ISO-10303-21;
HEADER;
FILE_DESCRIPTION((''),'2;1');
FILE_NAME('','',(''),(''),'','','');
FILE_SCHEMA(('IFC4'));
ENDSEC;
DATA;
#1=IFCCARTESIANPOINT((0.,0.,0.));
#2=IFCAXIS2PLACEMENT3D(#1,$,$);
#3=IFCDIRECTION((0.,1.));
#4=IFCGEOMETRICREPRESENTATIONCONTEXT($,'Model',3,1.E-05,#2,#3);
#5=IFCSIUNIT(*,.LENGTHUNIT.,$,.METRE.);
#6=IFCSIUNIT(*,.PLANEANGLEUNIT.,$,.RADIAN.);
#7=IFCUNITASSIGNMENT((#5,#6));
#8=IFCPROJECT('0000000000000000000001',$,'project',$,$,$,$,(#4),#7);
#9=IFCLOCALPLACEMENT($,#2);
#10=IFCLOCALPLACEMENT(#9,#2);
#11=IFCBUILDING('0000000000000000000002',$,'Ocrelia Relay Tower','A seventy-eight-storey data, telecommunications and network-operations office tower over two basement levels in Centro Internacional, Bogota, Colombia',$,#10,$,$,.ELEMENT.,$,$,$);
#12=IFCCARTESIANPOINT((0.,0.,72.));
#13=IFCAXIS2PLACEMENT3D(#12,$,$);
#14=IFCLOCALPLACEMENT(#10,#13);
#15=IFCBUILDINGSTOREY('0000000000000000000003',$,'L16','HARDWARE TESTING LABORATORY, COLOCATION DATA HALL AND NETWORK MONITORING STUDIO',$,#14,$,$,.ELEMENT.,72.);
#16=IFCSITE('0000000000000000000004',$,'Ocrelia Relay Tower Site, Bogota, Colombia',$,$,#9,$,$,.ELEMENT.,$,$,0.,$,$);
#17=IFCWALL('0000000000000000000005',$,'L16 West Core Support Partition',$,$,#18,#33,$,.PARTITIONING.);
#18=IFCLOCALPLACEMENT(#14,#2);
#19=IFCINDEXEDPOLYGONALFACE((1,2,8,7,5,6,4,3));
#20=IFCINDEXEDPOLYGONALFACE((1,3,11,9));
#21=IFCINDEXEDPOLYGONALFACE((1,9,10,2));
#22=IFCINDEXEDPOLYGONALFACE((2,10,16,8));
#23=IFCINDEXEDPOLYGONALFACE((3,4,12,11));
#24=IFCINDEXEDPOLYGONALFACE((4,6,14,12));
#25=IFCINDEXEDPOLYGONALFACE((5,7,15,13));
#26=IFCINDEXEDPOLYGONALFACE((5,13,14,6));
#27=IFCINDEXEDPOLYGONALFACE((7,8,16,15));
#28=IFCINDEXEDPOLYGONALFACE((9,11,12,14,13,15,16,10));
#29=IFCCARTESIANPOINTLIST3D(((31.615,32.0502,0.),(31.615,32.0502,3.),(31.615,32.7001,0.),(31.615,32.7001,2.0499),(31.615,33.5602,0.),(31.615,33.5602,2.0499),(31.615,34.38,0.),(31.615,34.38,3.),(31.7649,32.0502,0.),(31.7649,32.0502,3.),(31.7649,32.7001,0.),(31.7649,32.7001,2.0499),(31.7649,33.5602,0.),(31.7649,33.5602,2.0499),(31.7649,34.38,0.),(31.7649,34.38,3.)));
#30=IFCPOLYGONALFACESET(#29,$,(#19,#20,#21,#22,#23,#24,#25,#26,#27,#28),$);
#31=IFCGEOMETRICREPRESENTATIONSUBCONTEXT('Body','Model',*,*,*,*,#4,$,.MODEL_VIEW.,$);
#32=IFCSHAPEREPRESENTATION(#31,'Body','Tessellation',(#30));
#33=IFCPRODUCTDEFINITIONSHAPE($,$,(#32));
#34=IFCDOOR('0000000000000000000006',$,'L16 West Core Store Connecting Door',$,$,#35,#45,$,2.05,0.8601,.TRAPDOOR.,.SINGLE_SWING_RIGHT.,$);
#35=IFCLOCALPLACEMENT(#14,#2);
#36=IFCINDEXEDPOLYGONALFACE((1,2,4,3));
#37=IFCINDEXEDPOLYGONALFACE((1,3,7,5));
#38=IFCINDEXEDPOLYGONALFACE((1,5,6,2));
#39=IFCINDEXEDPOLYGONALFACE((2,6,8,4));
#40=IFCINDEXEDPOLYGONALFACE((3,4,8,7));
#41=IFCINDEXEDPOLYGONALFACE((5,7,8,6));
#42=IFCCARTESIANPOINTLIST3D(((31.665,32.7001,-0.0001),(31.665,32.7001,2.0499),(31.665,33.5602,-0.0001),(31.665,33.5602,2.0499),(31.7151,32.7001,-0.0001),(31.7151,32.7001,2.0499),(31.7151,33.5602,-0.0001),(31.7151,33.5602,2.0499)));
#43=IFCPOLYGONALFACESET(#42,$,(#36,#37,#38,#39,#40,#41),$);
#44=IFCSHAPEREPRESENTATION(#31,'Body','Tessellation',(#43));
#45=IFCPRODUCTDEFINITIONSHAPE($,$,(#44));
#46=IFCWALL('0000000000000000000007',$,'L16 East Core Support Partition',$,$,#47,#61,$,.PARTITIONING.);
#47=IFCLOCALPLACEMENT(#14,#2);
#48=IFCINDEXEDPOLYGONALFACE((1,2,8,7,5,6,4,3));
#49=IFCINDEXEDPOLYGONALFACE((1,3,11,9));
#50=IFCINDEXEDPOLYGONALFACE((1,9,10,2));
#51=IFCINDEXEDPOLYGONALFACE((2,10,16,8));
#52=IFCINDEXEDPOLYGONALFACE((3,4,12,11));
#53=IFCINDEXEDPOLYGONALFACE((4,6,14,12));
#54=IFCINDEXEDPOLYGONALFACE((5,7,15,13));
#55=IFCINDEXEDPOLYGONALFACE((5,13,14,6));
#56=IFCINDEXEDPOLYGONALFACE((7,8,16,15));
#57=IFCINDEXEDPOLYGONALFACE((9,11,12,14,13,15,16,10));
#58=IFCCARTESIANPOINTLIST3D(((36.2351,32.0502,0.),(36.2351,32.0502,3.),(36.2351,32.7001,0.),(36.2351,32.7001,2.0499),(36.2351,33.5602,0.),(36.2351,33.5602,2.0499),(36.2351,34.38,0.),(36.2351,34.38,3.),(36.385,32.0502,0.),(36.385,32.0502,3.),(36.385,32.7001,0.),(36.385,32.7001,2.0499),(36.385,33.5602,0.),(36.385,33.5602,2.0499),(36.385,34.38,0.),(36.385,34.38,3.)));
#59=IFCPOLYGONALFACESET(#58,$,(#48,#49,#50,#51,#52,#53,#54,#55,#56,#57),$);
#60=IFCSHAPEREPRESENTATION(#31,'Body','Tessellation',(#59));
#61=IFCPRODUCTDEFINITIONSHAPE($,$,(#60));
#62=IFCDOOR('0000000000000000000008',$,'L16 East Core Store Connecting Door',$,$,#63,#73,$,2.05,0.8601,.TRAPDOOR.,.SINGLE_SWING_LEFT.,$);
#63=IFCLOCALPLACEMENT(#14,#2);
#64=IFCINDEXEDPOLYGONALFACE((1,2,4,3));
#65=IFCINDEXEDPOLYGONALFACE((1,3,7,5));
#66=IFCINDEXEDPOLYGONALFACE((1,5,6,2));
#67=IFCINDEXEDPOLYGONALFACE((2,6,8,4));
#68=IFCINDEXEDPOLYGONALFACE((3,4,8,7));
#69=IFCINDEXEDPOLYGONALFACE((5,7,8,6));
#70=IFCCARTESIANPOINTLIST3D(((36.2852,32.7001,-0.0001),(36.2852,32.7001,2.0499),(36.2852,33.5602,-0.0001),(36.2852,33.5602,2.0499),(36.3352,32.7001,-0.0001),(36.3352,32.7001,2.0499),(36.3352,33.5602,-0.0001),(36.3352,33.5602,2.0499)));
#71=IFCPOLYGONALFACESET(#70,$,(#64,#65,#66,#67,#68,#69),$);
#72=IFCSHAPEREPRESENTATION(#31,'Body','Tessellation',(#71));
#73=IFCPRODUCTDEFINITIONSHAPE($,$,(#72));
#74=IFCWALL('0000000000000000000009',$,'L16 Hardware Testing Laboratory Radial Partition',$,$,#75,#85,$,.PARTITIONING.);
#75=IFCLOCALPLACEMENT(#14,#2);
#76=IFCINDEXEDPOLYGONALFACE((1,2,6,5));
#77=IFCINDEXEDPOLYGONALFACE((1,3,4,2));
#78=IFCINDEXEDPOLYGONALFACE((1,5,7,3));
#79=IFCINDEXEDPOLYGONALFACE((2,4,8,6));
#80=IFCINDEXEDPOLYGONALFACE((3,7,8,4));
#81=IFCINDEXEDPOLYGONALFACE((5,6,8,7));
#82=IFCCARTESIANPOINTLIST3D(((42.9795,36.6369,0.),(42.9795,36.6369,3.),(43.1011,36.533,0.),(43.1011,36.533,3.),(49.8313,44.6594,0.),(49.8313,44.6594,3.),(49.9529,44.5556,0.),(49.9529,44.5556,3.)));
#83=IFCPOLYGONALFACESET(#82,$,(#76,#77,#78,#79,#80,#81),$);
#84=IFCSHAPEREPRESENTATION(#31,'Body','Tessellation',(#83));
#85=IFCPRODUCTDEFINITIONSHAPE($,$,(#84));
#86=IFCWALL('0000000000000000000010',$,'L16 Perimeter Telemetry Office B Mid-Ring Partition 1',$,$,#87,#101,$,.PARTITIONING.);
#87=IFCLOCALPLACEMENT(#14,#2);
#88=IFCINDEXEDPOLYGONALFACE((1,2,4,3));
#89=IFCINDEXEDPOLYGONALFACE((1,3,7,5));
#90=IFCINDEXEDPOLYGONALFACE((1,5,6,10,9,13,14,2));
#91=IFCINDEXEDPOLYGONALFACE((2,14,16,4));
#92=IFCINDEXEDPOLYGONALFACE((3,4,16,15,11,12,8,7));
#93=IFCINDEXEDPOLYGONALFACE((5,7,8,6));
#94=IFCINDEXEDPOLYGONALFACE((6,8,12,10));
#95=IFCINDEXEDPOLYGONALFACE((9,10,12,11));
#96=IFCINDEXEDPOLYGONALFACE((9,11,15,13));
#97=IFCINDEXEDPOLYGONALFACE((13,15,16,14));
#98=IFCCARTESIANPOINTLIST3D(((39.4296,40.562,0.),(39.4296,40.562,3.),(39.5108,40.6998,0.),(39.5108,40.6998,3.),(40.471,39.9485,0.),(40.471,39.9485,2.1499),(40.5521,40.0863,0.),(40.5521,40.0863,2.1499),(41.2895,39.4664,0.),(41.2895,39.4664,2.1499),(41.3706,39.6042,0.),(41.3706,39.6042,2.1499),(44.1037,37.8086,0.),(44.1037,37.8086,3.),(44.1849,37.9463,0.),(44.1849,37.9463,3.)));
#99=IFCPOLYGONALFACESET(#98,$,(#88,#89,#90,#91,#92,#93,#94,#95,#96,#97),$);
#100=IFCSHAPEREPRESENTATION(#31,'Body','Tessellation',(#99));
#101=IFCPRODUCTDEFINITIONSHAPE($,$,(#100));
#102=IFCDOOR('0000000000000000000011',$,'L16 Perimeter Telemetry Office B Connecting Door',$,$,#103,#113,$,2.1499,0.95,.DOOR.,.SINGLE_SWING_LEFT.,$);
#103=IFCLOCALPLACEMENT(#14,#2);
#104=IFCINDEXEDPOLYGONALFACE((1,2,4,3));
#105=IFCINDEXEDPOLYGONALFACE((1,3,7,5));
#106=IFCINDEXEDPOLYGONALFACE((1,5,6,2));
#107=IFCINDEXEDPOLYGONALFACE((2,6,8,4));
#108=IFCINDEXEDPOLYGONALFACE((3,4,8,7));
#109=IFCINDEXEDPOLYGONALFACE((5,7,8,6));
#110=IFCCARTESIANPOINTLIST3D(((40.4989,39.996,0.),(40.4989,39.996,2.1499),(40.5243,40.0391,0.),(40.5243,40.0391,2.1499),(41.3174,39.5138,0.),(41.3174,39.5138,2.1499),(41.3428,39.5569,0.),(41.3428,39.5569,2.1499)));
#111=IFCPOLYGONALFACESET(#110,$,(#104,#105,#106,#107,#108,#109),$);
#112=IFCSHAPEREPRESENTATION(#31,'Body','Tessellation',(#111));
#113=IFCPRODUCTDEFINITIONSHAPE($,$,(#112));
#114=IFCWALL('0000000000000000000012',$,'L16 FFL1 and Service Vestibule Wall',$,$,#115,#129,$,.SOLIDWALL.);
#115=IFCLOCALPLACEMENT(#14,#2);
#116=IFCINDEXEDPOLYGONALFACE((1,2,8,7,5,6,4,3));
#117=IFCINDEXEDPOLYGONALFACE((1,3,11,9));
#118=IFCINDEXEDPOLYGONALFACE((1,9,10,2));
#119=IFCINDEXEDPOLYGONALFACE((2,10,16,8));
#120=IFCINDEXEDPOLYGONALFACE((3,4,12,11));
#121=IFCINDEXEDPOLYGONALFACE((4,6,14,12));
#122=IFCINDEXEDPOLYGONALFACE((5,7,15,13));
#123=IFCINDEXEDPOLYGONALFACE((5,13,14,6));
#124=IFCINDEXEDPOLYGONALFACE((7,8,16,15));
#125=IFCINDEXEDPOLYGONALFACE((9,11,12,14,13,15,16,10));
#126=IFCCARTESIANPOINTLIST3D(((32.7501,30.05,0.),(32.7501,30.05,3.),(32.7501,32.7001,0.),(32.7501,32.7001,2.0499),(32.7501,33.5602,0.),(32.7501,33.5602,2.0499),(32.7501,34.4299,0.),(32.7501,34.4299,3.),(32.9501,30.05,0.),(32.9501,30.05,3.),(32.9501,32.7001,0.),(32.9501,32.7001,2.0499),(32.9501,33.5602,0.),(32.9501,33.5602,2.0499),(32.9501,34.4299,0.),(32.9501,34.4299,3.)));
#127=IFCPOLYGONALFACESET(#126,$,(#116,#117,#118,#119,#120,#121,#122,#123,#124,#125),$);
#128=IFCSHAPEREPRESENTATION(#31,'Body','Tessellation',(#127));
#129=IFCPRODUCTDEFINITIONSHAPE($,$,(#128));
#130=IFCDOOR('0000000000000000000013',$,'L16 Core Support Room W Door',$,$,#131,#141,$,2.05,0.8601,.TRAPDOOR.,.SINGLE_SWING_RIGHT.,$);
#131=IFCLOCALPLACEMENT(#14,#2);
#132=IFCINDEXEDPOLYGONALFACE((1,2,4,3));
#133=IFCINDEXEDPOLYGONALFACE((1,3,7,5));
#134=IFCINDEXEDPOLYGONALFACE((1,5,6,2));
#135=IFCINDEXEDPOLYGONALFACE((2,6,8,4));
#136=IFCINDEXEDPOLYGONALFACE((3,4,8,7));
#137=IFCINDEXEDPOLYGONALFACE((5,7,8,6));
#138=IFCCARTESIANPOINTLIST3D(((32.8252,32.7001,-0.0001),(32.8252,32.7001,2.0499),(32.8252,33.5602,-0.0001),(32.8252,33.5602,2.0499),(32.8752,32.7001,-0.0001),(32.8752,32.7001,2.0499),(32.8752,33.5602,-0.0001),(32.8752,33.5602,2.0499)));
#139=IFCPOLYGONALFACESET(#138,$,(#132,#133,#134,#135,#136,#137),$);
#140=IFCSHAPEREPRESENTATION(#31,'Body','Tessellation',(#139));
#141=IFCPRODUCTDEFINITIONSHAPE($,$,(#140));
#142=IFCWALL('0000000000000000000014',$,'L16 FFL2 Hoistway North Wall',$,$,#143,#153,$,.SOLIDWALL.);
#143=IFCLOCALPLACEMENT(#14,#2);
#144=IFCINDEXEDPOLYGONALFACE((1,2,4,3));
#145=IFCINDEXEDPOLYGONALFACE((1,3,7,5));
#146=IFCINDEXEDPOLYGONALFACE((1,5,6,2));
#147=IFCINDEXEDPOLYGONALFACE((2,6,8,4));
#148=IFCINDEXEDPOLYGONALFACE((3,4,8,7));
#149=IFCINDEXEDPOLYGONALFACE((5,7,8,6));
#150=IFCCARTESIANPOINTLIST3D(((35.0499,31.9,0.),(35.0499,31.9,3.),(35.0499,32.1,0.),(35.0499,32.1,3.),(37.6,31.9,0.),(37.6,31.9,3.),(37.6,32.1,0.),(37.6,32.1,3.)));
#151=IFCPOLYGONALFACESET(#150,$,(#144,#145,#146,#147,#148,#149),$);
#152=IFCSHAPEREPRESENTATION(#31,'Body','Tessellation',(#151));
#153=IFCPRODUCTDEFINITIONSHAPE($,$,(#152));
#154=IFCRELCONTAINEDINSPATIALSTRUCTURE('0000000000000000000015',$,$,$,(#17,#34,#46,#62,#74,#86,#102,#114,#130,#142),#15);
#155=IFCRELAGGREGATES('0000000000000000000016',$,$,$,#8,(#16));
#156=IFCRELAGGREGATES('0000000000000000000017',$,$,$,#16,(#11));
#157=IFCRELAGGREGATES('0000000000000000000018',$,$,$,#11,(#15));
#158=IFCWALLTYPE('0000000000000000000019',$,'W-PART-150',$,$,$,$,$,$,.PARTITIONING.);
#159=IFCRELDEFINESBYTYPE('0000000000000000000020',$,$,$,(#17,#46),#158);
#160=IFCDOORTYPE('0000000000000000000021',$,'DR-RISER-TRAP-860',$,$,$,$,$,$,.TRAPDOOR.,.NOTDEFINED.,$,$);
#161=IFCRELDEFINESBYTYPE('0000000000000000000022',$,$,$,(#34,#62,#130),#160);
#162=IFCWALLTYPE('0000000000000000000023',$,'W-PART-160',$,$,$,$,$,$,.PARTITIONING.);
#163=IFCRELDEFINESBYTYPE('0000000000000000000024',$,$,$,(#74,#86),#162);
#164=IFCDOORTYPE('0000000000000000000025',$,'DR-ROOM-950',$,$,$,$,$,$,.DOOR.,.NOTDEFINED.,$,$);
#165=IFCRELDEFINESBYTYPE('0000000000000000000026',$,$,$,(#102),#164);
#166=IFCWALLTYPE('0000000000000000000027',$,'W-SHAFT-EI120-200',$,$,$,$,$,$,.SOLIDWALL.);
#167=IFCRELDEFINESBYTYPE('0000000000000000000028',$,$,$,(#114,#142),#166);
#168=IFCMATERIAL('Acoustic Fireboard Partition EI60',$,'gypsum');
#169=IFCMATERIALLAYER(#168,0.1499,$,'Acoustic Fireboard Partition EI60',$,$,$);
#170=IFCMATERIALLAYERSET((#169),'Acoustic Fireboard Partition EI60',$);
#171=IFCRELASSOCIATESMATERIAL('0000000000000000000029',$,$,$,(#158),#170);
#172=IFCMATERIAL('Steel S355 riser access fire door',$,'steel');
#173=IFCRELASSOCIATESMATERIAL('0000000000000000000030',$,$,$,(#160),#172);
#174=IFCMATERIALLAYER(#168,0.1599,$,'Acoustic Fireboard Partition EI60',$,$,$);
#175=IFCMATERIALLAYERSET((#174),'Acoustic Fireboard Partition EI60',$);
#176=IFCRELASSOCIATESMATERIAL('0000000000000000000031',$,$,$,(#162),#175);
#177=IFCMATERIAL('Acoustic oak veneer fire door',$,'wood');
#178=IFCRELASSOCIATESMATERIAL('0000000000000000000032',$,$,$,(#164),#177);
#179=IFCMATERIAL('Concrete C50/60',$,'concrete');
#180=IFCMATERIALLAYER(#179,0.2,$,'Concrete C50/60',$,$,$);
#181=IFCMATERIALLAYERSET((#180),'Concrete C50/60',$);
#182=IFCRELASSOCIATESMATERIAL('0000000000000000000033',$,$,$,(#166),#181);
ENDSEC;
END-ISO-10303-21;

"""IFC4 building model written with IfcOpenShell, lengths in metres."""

from ifc_helpers import new_model, si_unit, direction, frame, frame_2d, origin, place, context, subcontext, project, spatial, rectangle, extrude, material, layer, layer_set, type_object, element, fill, save


model = new_model("IFC4")

# Units and contexts
model_context = context("Model", 3, precision=1e-05, world=origin(), true_north=direction((0.0, 1.0)))
body_context = subcontext(model_context, "Body", "Model", "MODEL_VIEW")
ifc_project = project(units=[si_unit("LENGTHUNIT", "METRE"), si_unit("PLANEANGLEUNIT", "RADIAN")], contexts=[model_context])

# Site, building, storey
site_placement = place(None, origin())
site = spatial("IfcSite", under=ifc_project, at=site_placement, Name="Ocrelia Relay Tower Site, Bogota, Colombia", CompositionType="ELEMENT", RefElevation=0.0)
building_placement = place(site_placement, origin())
building = spatial("IfcBuilding", under=site, at=building_placement, Name="Ocrelia Relay Tower", Description="A seventy-eight-storey data, telecommunications and network-operations office tower over two basement levels in Centro Internacional, Bogota, Colombia", CompositionType="ELEMENT")
storey_placement = place(building_placement, frame((0.0, 0.0, 72.0)))
storey = spatial("IfcBuildingStorey", under=building, at=storey_placement, Name="L16", Description="HARDWARE TESTING LABORATORY, COLOCATION DATA HALL AND NETWORK MONITORING STUDIO", CompositionType="ELEMENT", Elevation=72.0)

# Shared definitions
ifc_material_1 = material(Name="Acoustic oak veneer fire door", Category="wood")

# Shared definitions
ifc_material_2 = material(Name="Concrete C50/60", Category="concrete")

# Walls, openings, doors
ifc_material_3 = material(Name="Acoustic Fireboard Partition EI60", Category="gypsum")
ifc_layer_1 = layer(ifc_material_3, 0.1499, Name="Acoustic Fireboard Partition EI60")
ifc_layer_set_1 = layer_set([ifc_layer_1], Name="Acoustic Fireboard Partition EI60")
wall_type_1 = type_object("IfcWallType", Name="W-PART-150", PredefinedType="PARTITIONING", material=ifc_layer_set_1)
wall_1_placement = place(storey_placement, frame((31.6899, 32.05, 0.0), z_axis=(0.0, 0.0, 1.0), x_axis=(0.0, 1.0, 0.0)))
wall_1 = element("IfcWall", 1, at=wall_1_placement, inside=storey, type_object=wall_type_1, Name="L16 West Core Support Partition", PredefinedType="PARTITIONING", context=body_context, shape_type="SweptSolid", body=[
    extrude(rectangle(XDim=2.3298, YDim=0.1499, at=frame_2d((1.165, 0.0))), origin(), (0.0, 0.0, 1.0), 3.0),
])
opening_1_placement = place(wall_1_placement, frame((0.6499, 0.0, 0.0)))
opening_1 = element("IfcOpeningElement", 2, at=opening_1_placement, cuts=wall_1, PredefinedType="OPENING", context=body_context, shape_type="SweptSolid", body=[
    extrude(rectangle(XDim=0.8601, YDim=2.05, at=frame_2d((0.4302, 1.0249))), frame((0.0, 0.085, 0.0), z_axis=(0.0, -1.0, 0.0), x_axis=(1.0, 0.0, 0.0)), (0.0, 0.0, 1.0), 0.1699),
])
ifc_material_4 = material(Name="Steel S355 riser access fire door", Category="steel")
door_type_1 = type_object("IfcDoorType", Name="DR-RISER-TRAP-860", OperationType="NOTDEFINED", PredefinedType="TRAPDOOR", material=ifc_material_4)
door_1_placement = place(opening_1_placement, origin())
door_1 = element("IfcDoor", 3, at=door_1_placement, inside=storey, type_object=door_type_1, Name="L16 West Core Store Connecting Door", OperationType="SINGLE_SWING_RIGHT", OverallHeight=2.05, OverallWidth=0.8601, PredefinedType="TRAPDOOR", context=body_context, shape_type="SweptSolid", body=[
    extrude(rectangle(XDim=0.8601, YDim=2.05, at=frame_2d((0.4302, 1.0249))), frame((0.0, 0.0249, 0.0), z_axis=(0.0, -1.0, 0.0), x_axis=(1.0, 0.0, 0.0)), (0.0, 0.0, 1.0), 0.05),
])
fill(opening_1, door_1)
wall_2_placement = place(storey_placement, frame((36.3101, 32.05, 0.0), z_axis=(0.0, 0.0, 1.0), x_axis=(0.0, 1.0, 0.0)))
wall_2 = element("IfcWall", 4, at=wall_2_placement, inside=storey, type_object=wall_type_1, Name="L16 East Core Support Partition", PredefinedType="PARTITIONING", context=body_context, shape_type="SweptSolid", body=[
    extrude(rectangle(XDim=2.3298, YDim=0.1499, at=frame_2d((1.165, 0.0))), origin(), (0.0, 0.0, 1.0), 3.0),
])
opening_2_placement = place(wall_2_placement, frame((0.6499, 0.0, 0.0)))
opening_2 = element("IfcOpeningElement", 5, at=opening_2_placement, cuts=wall_2, PredefinedType="OPENING", context=body_context, shape_type="SweptSolid", body=[
    extrude(rectangle(XDim=0.8601, YDim=2.05, at=frame_2d((0.4302, 1.0249))), frame((0.0, 0.085, 0.0), z_axis=(0.0, -1.0, 0.0), x_axis=(1.0, 0.0, 0.0)), (0.0, 0.0, 1.0), 0.1699),
])
door_2_placement = place(opening_2_placement, origin())
door_2 = element("IfcDoor", 6, at=door_2_placement, inside=storey, type_object=door_type_1, Name="L16 East Core Store Connecting Door", OperationType="SINGLE_SWING_LEFT", OverallHeight=2.05, OverallWidth=0.8601, PredefinedType="TRAPDOOR", context=body_context, shape_type="SweptSolid", body=[
    extrude(rectangle(XDim=0.8601, YDim=2.05, at=frame_2d((0.4302, 1.0249))), frame((0.0, 0.0249, 0.0), z_axis=(0.0, -1.0, 0.0), x_axis=(1.0, 0.0, 0.0)), (0.0, 0.0, 1.0), 0.05),
])
fill(opening_2, door_2)

# Wall
ifc_layer_2 = layer(ifc_material_3, 0.1599, Name="Acoustic Fireboard Partition EI60")
ifc_layer_set_2 = layer_set([ifc_layer_2], Name="Acoustic Fireboard Partition EI60")
wall_type_2 = type_object("IfcWallType", Name="W-PART-160", PredefinedType="PARTITIONING", material=ifc_layer_set_2)
wall_3_placement = place(storey_placement, frame((43.0403, 36.585, 0.0), z_axis=(0.0, 0.0, 1.0), x_axis=(0.649447, 0.760407, 0.0)))
element("IfcWall", 7, at=wall_3_placement, inside=storey, type_object=wall_type_2, Name="L16 Hardware Testing Laboratory Radial Partition", PredefinedType="PARTITIONING", context=body_context, shape_type="SweptSolid", body=[
    extrude(rectangle(XDim=10.5503, YDim=0.1599, at=frame_2d((5.2751, 0.0))), origin(), (0.0, 0.0, 1.0), 3.0),
])

# Walls, openings, doors
wall_4_placement = place(storey_placement, frame((44.1443, 37.8774, 0.0), z_axis=(0.0, 0.0, 1.0), x_axis=(-0.861615, 0.507563, 0.0)))
wall_4 = element("IfcWall", 8, at=wall_4_placement, inside=storey, type_object=wall_type_2, Name="L16 Perimeter Telemetry Office B Mid-Ring Partition 1", PredefinedType="PARTITIONING", context=body_context, shape_type="SweptSolid", body=[
    extrude(rectangle(XDim=5.4248, YDim=0.1599, at=frame_2d((2.7124, 0.0))), origin(), (0.0, 0.0, 1.0), 3.0),
])
opening_3_placement = place(wall_4_placement, frame((3.2661, 0.0, 0.0)))
opening_3 = element("IfcOpeningElement", 9, at=opening_3_placement, cuts=wall_4, PredefinedType="OPENING", context=body_context, shape_type="SweptSolid", body=[
    extrude(rectangle(XDim=0.95, YDim=2.1499, at=frame_2d((0.4751, 1.075))), frame((0.0, 0.0898, 0.0), z_axis=(0.0, -1.0, 0.0), x_axis=(1.0, 0.0, 0.0)), (0.0, 0.0, 1.0), 0.1799),
])
door_type_2 = type_object("IfcDoorType", Name="DR-ROOM-950", OperationType="NOTDEFINED", PredefinedType="DOOR", material=ifc_material_1)
door_3_placement = place(opening_3_placement, origin())
door_3 = element("IfcDoor", 10, at=door_3_placement, inside=storey, type_object=door_type_2, Name="L16 Perimeter Telemetry Office B Connecting Door", OperationType="SINGLE_SWING_LEFT", OverallHeight=2.1499, OverallWidth=0.95, PredefinedType="DOOR", context=body_context, shape_type="SweptSolid", body=[
    extrude(rectangle(XDim=0.95, YDim=2.1499, at=frame_2d((0.4751, 1.075))), frame((0.0, 0.0249, 0.0), z_axis=(0.0, -1.0, 0.0), x_axis=(1.0, 0.0, 0.0)), (0.0, 0.0, 1.0), 0.05),
])
fill(opening_3, door_3)
ifc_layer_3 = layer(ifc_material_2, 0.2, Name="Concrete C50/60")
ifc_layer_set_3 = layer_set([ifc_layer_3], Name="Concrete C50/60")
wall_type_3 = type_object("IfcWallType", Name="W-SHAFT-EI120-200", PredefinedType="SOLIDWALL", material=ifc_layer_set_3)
wall_5_placement = place(storey_placement, frame((32.8501, 30.05, 0.0), z_axis=(0.0, 0.0, 1.0), x_axis=(0.0, 1.0, 0.0)))
wall_5 = element("IfcWall", 11, at=wall_5_placement, inside=storey, type_object=wall_type_3, Name="L16 FFL1 and Service Vestibule Wall", PredefinedType="SOLIDWALL", context=body_context, shape_type="SweptSolid", body=[
    extrude(rectangle(XDim=4.3799, YDim=0.2, at=frame_2d((2.1899, 0.0))), origin(), (0.0, 0.0, 1.0), 3.0),
])
opening_4_placement = place(wall_5_placement, frame((2.6499, 0.0, 0.0)))
opening_4 = element("IfcOpeningElement", 12, at=opening_4_placement, cuts=wall_5, PredefinedType="OPENING", context=body_context, shape_type="SweptSolid", body=[
    extrude(rectangle(XDim=0.8601, YDim=2.05, at=frame_2d((0.4302, 1.0249))), frame((0.0, 0.1099, 0.0), z_axis=(0.0, -1.0, 0.0), x_axis=(1.0, 0.0, 0.0)), (0.0, 0.0, 1.0), 0.22),
])
door_4_placement = place(opening_4_placement, origin())
door_4 = element("IfcDoor", 13, at=door_4_placement, inside=storey, type_object=door_type_1, Name="L16 Core Support Room W Door", OperationType="SINGLE_SWING_RIGHT", OverallHeight=2.05, OverallWidth=0.8601, PredefinedType="TRAPDOOR", context=body_context, shape_type="SweptSolid", body=[
    extrude(rectangle(XDim=0.8601, YDim=2.05, at=frame_2d((0.4302, 1.0249))), frame((0.0, 0.0249, 0.0), z_axis=(0.0, -1.0, 0.0), x_axis=(1.0, 0.0, 0.0)), (0.0, 0.0, 1.0), 0.05),
])
fill(opening_4, door_4)

# Wall
wall_6_placement = place(storey_placement, frame((35.05, 32.0, 0.0), z_axis=(0.0, 0.0, 1.0), x_axis=(1.0, 0.0, 0.0)))
element("IfcWall", 14, at=wall_6_placement, inside=storey, type_object=wall_type_3, Name="L16 FFL2 Hoistway North Wall", PredefinedType="SOLIDWALL", context=body_context, shape_type="SweptSolid", body=[
    extrude(rectangle(XDim=2.55, YDim=0.2, at=frame_2d((1.2749, 0.0))), origin(), (0.0, 0.0, 1.0), 3.0),
])

save(model, "model.ifc")
